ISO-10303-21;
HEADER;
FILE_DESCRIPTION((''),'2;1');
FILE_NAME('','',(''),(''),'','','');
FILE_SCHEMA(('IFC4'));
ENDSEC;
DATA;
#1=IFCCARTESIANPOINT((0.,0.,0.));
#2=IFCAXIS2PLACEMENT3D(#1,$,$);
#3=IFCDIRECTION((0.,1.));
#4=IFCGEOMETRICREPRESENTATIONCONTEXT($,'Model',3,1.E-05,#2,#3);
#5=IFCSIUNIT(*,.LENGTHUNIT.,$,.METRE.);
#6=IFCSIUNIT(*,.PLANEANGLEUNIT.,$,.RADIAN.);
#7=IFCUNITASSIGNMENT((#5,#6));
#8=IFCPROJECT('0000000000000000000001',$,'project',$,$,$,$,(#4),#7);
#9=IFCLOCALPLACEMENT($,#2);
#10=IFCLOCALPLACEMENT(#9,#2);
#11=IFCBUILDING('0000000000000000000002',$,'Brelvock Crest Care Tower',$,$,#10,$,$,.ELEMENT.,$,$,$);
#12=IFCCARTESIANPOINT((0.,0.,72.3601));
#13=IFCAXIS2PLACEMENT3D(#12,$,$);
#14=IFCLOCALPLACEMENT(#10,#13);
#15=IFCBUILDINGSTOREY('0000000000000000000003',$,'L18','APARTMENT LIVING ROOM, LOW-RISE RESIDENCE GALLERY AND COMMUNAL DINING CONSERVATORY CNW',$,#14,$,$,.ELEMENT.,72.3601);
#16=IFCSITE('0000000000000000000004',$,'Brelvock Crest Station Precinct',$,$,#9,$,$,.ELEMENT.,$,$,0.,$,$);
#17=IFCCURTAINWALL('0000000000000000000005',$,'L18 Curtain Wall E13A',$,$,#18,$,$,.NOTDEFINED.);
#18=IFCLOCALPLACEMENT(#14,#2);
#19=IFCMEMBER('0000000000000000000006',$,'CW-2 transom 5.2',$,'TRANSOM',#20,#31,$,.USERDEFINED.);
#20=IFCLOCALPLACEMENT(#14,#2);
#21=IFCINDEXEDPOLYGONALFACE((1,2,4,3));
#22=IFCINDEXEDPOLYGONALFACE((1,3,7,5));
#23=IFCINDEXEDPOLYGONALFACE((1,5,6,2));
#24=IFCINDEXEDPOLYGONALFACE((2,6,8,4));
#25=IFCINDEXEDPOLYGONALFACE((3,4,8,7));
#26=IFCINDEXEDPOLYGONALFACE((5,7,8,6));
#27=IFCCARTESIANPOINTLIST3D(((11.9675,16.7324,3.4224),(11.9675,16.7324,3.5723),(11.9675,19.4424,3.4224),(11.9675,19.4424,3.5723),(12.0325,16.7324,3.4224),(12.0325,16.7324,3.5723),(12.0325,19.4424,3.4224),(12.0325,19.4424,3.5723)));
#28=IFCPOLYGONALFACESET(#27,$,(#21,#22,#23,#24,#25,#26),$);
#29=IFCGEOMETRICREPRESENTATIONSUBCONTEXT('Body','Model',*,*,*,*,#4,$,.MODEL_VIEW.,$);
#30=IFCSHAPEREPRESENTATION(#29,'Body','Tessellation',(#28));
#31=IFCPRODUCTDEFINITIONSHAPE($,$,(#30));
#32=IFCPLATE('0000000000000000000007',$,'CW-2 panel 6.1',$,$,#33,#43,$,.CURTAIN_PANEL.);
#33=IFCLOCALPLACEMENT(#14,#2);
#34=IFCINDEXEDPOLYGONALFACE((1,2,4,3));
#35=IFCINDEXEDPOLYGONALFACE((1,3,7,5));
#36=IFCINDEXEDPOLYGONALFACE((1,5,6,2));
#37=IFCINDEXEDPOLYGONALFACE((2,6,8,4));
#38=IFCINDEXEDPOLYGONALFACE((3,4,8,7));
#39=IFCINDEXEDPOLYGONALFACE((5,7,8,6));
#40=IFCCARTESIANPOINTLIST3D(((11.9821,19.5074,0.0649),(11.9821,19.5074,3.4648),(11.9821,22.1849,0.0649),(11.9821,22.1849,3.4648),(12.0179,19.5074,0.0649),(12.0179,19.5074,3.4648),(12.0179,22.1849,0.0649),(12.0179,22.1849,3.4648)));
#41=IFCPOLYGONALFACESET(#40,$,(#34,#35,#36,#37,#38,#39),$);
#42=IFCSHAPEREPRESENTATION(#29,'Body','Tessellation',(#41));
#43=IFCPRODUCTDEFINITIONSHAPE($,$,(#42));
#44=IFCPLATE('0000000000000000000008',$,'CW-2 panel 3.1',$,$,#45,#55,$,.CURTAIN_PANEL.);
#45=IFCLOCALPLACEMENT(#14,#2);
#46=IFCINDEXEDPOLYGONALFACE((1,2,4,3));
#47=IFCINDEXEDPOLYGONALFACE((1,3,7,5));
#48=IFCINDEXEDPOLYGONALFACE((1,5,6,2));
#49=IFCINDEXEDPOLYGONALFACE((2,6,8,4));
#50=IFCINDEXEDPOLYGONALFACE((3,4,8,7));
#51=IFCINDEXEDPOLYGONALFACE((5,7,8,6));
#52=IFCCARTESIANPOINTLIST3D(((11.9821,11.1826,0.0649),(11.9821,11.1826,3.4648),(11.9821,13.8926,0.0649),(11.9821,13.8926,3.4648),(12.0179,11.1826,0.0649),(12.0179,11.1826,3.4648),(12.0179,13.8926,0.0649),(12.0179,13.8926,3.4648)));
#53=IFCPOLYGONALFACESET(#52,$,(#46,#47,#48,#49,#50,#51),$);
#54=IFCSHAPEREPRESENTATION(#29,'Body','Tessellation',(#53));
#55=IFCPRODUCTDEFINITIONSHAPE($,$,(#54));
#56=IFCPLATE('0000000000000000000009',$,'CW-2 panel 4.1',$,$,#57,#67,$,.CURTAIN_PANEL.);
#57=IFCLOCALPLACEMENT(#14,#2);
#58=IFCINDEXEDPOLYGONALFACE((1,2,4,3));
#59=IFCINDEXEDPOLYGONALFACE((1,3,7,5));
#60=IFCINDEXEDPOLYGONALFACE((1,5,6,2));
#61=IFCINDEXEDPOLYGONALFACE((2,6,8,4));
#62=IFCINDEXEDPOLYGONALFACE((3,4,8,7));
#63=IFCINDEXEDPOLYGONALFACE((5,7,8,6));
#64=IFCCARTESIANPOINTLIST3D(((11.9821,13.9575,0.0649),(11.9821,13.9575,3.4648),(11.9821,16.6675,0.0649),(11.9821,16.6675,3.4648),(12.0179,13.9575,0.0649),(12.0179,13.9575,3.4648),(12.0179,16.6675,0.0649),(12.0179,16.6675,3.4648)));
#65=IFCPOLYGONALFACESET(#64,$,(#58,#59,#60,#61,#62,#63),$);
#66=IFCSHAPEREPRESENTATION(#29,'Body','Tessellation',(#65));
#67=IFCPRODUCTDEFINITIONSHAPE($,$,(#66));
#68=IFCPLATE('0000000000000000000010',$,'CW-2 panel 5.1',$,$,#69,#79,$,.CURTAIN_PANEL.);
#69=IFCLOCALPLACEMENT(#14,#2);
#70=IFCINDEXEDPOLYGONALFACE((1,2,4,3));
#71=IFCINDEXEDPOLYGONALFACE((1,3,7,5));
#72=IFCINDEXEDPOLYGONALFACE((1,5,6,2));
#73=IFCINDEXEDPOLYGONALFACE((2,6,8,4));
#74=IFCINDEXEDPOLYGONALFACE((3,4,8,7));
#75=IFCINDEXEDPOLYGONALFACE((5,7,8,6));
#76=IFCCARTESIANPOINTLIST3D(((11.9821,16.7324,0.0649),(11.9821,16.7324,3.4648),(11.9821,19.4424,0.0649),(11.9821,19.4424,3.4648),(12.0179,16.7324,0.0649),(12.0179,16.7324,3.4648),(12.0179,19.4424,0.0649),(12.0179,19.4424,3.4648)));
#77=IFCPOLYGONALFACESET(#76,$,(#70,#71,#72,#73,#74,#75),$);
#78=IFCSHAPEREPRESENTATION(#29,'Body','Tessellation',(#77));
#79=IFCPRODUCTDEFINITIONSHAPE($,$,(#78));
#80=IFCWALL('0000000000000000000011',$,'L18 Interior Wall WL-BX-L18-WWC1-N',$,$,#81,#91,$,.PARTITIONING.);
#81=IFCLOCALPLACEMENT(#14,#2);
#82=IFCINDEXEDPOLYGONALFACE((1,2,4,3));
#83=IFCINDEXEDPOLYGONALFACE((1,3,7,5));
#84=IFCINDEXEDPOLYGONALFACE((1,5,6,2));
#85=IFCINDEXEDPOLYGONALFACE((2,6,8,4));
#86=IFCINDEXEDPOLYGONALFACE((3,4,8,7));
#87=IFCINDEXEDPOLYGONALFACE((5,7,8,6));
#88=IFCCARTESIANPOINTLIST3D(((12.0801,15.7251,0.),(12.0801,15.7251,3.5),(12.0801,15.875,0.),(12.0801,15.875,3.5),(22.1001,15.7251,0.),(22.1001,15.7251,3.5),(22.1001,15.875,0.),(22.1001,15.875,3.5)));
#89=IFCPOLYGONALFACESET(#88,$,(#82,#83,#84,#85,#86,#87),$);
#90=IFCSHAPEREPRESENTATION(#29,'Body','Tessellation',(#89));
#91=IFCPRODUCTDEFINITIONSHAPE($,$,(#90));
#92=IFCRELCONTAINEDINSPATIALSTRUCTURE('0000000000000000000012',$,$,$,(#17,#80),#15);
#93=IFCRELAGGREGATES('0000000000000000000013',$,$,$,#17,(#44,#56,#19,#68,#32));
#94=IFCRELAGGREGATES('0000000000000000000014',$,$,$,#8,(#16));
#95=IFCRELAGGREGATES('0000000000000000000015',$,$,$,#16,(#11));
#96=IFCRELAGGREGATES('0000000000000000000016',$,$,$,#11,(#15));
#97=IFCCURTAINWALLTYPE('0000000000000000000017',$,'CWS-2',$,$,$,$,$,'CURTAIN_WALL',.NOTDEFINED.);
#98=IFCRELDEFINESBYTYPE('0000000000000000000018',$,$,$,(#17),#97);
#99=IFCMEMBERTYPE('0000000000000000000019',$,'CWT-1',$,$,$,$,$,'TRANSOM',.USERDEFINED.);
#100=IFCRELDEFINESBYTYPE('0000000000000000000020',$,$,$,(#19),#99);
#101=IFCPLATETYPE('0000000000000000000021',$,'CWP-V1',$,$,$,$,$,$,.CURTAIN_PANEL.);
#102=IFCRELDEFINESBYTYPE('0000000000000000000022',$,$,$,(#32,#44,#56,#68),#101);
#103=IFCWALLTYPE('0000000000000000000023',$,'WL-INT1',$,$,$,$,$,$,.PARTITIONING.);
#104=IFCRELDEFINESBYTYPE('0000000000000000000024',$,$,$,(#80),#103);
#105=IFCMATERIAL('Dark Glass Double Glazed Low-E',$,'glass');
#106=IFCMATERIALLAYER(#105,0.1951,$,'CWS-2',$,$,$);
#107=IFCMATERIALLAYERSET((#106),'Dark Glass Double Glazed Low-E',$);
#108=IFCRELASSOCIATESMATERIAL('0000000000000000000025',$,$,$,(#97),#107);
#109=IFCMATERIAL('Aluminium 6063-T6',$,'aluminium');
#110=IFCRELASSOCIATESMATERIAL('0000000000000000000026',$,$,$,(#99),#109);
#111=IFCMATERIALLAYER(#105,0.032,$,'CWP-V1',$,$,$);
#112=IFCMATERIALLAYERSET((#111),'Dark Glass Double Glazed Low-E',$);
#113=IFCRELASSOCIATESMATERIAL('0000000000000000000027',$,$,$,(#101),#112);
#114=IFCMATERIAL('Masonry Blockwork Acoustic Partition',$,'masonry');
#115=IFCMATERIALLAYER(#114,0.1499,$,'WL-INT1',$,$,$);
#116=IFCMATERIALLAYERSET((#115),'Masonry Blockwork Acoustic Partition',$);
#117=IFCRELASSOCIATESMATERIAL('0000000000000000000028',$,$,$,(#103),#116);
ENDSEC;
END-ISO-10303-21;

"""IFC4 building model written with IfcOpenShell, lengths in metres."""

from ifc_helpers import new_model, si_unit, direction, frame, frame_2d, origin, origin_2d, place, context, subcontext, project, spatial, rectangle, extrude, source, transform, mapped, material, layer, layer_set, material_profile, profile_set, type_object, element, aggregate, save


model = new_model("IFC4")

# Units and contexts
model_context = context("Model", 3, precision=1e-05, world=origin(), true_north=direction((0.0, 1.0)))
body_context = subcontext(model_context, "Body", "Model", "MODEL_VIEW")
ifc_project = project(units=[si_unit("LENGTHUNIT", "METRE"), si_unit("PLANEANGLEUNIT", "RADIAN")], contexts=[model_context])

# Site, building, storey
site_placement = place(None, origin())
site = spatial("IfcSite", under=ifc_project, at=site_placement, Name="Brelvock Crest Station Precinct", CompositionType="ELEMENT", RefElevation=0.0)
building_placement = place(site_placement, origin())
building = spatial("IfcBuilding", under=site, at=building_placement, Name="Brelvock Crest Care Tower", CompositionType="ELEMENT")
storey_placement = place(building_placement, frame((0.0, 0.0, 72.3601)))
storey = spatial("IfcBuildingStorey", under=building, at=storey_placement, Name="L18", Description="APARTMENT LIVING ROOM, LOW-RISE RESIDENCE GALLERY AND COMMUNAL DINING CONSERVATORY CNW", CompositionType="ELEMENT", Elevation=72.3601)

# Curtain wall, member, plates
ifc_material_1 = material(Name="Dark Glass Double Glazed Low-E", Category="glass")
ifc_layer_1 = layer(ifc_material_1, 0.1951, Name="CWS-2")
ifc_layer_set_1 = layer_set([ifc_layer_1], Name="Dark Glass Double Glazed Low-E")
curtain_wall_type = type_object("IfcCurtainWallType", Name="CWS-2", ElementType="CURTAIN_WALL", PredefinedType="NOTDEFINED", material=ifc_layer_set_1)
curtain_wall_placement = place(storey_placement, origin())
curtain_wall = element("IfcCurtainWall", 1, at=curtain_wall_placement, inside=storey, type_object=curtain_wall_type, Name="L18 Curtain Wall E13A", PredefinedType="NOTDEFINED")
ifc_material_2 = material(Name="Aluminium 6063-T6", Category="aluminium")
ifc_material_profile_1 = material_profile(ifc_material_2, rectangle(XDim=0.0649, YDim=0.1499, at=origin_2d()), Name="ALU65x150")
ifc_profile_set_1 = profile_set([ifc_material_profile_1], Name="Aluminium 6063-T6")
member_type_1 = type_object("IfcMemberType", Name="CWT-1", ElementType="TRANSOM", PredefinedType="USERDEFINED", material=ifc_profile_set_1)
shared_shape_1 = source(origin(), body_context, "Body", "SweptSolid", [
    extrude(rectangle(XDim=0.0649, YDim=0.1499, at=origin_2d()), origin(), (0.0, 0.0, 1.0), 2.71),
])
member_1_placement = place(storey_placement, frame((12.0, 16.7324, 3.4973), z_axis=(0.0, 1.0, 0.0), x_axis=(-1.0, 0.0, 0.0)))
member_1 = element("IfcMember", 2, at=member_1_placement, type_object=member_type_1, Name="CW-2 transom 5.2", ObjectType="TRANSOM", PredefinedType="USERDEFINED", context=body_context, shape_type="MappedRepresentation", body=[
    mapped(shared_shape_1, transform((0.0, 0.0, 0.0), x_axis=(1.0, 0.0, 0.0), y_axis=(0.0, 1.0, 0.0), z_axis=(0.0, 0.0, 1.0), scale=1.0)),
])
ifc_layer_2 = layer(ifc_material_1, 0.032, Name="CWP-V1")
ifc_layer_set_2 = layer_set([ifc_layer_2], Name="Dark Glass Double Glazed Low-E")
plate_type = type_object("IfcPlateType", Name="CWP-V1", PredefinedType="CURTAIN_PANEL", material=ifc_layer_set_2)
shared_shape_2 = source(origin(), body_context, "Body", "SweptSolid", [
    extrude(rectangle(XDim=2.6775, YDim=0.0359, at=origin_2d()), origin(), (0.0, 0.0, 1.0), 3.3999),
])
plate_1_placement = place(storey_placement, frame((12.0, 20.8462, 0.0649), z_axis=(0.0, 0.0, 1.0), x_axis=(0.0, 1.0, 0.0)))
plate_1 = element("IfcPlate", 3, at=plate_1_placement, type_object=plate_type, Name="CW-2 panel 6.1", PredefinedType="CURTAIN_PANEL", context=body_context, shape_type="MappedRepresentation", body=[
    mapped(shared_shape_2, transform((0.0, 0.0, 0.0), x_axis=(1.0, 0.0, 0.0), y_axis=(0.0, 1.0, 0.0), z_axis=(0.0, 0.0, 1.0), scale=1.0)),
])
shared_shape_3 = source(origin(), body_context, "Body", "SweptSolid", [
    extrude(rectangle(XDim=2.71, YDim=0.0359, at=origin_2d()), origin(), (0.0, 0.0, 1.0), 3.3999),
])
plate_2_placement = place(storey_placement, frame((12.0, 12.5376, 0.0649), z_axis=(0.0, 0.0, 1.0), x_axis=(0.0, 1.0, 0.0)))
plate_2 = element("IfcPlate", 4, at=plate_2_placement, type_object=plate_type, Name="CW-2 panel 3.1", PredefinedType="CURTAIN_PANEL", context=body_context, shape_type="MappedRepresentation", body=[
    mapped(shared_shape_3, transform((0.0, 0.0, 0.0), x_axis=(1.0, 0.0, 0.0), y_axis=(0.0, 1.0, 0.0), z_axis=(0.0, 0.0, 1.0), scale=1.0)),
])
plate_3_placement = place(storey_placement, frame((12.0, 15.3125, 0.0649), z_axis=(0.0, 0.0, 1.0), x_axis=(0.0, 1.0, 0.0)))
plate_3 = element("IfcPlate", 5, at=plate_3_placement, type_object=plate_type, Name="CW-2 panel 4.1", PredefinedType="CURTAIN_PANEL", context=body_context, shape_type="MappedRepresentation", body=[
    mapped(shared_shape_3, transform((0.0, 0.0, 0.0), x_axis=(1.0, 0.0, 0.0), y_axis=(0.0, 1.0, 0.0), z_axis=(0.0, 0.0, 1.0), scale=1.0)),
])
plate_4_placement = place(storey_placement, frame((12.0, 18.0874, 0.0649), z_axis=(0.0, 0.0, 1.0), x_axis=(0.0, 1.0, 0.0)))
plate_4 = element("IfcPlate", 6, at=plate_4_placement, type_object=plate_type, Name="CW-2 panel 5.1", PredefinedType="CURTAIN_PANEL", context=body_context, shape_type="MappedRepresentation", body=[
    mapped(shared_shape_3, transform((0.0, 0.0, 0.0), x_axis=(1.0, 0.0, 0.0), y_axis=(0.0, 1.0, 0.0), z_axis=(0.0, 0.0, 1.0), scale=1.0)),
])
aggregate(curtain_wall, [plate_2, plate_3, member_1, plate_4, plate_1])

# Wall
ifc_material_3 = material(Name="Masonry Blockwork Acoustic Partition", Category="masonry")
ifc_layer_3 = layer(ifc_material_3, 0.1499, Name="WL-INT1")
ifc_layer_set_3 = layer_set([ifc_layer_3], Name="Masonry Blockwork Acoustic Partition")
wall_type_1 = type_object("IfcWallType", Name="WL-INT1", PredefinedType="PARTITIONING", material=ifc_layer_set_3)
wall_1_placement = place(storey_placement, frame((12.0801, 15.8, 0.0), z_axis=(0.0, 0.0, 1.0), x_axis=(1.0, 0.0, 0.0)))
element("IfcWall", 7, at=wall_1_placement, inside=storey, type_object=wall_type_1, Name="L18 Interior Wall WL-BX-L18-WWC1-N", PredefinedType="PARTITIONING", context=body_context, shape_type="SweptSolid", body=[
    extrude(rectangle(XDim=10.02, YDim=0.1499, at=frame_2d((5.01, 0.0))), origin(), (0.0, 0.0, 1.0), 3.5),
])

save(model, "model.ifc")
